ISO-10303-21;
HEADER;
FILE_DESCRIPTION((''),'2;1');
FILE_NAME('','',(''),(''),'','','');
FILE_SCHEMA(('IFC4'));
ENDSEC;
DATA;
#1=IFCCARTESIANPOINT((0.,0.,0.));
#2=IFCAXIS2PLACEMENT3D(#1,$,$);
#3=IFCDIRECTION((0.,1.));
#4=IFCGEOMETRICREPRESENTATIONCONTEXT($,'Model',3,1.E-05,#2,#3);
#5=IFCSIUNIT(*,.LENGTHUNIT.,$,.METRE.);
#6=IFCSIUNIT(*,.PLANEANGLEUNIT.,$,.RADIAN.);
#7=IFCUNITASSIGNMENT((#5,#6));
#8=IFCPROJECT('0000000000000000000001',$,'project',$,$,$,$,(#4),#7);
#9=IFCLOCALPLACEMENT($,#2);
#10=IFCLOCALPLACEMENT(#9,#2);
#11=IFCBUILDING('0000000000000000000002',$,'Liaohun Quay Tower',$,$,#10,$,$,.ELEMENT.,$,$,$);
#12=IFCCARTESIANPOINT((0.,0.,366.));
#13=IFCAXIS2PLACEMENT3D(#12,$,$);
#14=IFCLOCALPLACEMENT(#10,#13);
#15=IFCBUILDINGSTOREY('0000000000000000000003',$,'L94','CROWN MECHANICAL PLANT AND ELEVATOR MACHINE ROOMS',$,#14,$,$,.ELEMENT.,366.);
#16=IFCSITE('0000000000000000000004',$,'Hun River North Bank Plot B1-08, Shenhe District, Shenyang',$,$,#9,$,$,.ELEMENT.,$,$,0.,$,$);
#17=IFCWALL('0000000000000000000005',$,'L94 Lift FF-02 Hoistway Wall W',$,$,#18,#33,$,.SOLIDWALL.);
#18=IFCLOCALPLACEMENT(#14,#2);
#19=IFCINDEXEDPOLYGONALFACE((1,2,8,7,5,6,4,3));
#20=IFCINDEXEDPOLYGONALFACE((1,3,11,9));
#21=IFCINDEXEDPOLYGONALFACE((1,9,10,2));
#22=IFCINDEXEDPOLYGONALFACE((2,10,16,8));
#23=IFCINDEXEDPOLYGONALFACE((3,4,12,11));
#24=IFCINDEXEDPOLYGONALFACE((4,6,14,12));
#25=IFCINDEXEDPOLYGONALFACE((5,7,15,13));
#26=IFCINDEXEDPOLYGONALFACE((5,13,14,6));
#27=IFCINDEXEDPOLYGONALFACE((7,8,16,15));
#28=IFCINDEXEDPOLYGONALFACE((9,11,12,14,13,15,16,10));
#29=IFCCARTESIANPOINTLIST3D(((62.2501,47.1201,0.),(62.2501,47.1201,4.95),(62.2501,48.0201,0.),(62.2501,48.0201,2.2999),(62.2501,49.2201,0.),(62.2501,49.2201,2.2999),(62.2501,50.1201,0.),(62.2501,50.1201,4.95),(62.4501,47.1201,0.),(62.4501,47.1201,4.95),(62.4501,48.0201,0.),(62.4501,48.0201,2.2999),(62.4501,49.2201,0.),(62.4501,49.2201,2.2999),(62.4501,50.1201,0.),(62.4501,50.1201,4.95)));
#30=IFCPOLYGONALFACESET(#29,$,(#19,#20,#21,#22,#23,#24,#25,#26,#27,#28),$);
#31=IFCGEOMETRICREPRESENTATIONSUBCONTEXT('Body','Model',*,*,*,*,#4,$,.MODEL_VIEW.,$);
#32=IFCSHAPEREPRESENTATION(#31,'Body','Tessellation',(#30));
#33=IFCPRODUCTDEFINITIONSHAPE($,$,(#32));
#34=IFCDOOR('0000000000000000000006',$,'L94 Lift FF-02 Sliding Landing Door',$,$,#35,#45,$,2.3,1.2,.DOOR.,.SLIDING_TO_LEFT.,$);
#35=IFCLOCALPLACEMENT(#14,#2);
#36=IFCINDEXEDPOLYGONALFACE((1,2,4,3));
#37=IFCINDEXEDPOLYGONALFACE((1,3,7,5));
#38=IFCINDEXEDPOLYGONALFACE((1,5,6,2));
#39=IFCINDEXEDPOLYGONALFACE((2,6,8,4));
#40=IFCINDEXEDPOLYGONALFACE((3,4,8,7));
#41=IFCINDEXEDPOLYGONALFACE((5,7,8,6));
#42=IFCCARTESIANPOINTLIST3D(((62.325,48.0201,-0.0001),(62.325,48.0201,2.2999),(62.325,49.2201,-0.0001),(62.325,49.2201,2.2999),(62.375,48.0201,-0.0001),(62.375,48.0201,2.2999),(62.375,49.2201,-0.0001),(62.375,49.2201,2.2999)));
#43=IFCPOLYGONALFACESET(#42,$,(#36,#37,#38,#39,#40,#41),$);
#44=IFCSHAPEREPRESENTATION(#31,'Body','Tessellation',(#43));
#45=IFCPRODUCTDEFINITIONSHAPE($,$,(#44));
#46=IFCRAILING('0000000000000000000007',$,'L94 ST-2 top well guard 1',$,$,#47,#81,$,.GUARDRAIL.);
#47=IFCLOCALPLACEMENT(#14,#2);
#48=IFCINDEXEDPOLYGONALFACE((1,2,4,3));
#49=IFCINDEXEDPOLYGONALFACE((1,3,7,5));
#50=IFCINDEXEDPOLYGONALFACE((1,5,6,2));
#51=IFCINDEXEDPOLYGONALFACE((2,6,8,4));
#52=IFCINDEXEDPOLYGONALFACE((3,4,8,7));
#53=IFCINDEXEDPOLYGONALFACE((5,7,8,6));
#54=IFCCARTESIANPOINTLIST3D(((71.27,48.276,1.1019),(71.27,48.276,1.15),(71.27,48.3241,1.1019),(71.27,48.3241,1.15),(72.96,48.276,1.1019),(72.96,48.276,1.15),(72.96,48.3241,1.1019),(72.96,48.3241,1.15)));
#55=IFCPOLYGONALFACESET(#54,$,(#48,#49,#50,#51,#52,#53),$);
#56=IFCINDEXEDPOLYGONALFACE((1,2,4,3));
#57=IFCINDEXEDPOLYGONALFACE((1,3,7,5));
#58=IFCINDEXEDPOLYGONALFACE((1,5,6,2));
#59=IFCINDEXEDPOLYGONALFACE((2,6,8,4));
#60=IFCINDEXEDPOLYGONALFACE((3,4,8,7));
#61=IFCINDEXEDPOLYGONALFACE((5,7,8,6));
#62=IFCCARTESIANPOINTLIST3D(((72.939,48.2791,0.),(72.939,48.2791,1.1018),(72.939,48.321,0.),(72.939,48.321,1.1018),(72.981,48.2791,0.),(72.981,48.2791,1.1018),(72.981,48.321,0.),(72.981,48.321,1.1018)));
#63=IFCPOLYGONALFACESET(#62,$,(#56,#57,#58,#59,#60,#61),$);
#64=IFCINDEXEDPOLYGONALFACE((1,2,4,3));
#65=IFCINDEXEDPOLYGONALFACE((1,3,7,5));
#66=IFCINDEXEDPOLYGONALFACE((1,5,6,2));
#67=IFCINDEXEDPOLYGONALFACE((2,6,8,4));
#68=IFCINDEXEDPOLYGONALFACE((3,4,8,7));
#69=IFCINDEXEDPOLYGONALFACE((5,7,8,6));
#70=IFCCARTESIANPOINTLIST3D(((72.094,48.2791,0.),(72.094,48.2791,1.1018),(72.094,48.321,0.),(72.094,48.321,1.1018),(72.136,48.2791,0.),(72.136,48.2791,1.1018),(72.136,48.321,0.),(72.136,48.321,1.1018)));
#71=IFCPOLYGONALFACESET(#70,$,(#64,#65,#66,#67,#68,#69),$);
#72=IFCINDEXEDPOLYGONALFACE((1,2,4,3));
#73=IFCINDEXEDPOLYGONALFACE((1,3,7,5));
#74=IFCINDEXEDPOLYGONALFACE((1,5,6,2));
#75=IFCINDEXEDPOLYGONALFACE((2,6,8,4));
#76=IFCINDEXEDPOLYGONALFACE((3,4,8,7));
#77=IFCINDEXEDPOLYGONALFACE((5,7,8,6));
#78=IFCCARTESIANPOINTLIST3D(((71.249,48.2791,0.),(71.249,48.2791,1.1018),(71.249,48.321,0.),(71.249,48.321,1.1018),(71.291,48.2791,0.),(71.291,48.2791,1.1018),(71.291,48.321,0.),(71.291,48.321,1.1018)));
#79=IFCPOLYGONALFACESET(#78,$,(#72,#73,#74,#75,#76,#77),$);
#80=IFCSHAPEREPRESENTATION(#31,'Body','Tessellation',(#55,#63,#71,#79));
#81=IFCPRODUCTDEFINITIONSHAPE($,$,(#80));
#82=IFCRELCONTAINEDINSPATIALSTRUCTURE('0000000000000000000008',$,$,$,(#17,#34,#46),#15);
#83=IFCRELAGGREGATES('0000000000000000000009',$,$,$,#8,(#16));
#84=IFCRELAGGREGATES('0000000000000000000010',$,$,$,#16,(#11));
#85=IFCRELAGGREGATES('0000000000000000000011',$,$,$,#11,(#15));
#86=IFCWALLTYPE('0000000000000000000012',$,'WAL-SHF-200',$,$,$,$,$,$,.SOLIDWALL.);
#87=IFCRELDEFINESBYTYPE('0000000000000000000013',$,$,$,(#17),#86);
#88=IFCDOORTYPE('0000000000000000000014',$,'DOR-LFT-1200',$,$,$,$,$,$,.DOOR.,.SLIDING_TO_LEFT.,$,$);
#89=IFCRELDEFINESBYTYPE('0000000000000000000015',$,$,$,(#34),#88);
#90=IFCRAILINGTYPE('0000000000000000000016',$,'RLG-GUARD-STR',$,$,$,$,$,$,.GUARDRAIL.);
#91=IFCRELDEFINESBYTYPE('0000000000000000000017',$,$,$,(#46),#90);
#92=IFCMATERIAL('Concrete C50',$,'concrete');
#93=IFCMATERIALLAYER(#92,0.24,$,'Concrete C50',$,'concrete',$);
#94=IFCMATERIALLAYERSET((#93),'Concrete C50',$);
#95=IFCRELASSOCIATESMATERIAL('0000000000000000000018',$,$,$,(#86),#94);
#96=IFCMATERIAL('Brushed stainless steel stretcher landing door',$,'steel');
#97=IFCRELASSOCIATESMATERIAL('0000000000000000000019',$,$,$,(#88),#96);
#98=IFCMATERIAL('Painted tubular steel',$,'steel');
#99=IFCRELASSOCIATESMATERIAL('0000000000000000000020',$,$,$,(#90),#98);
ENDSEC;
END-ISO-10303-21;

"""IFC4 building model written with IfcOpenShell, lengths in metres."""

from ifc_helpers import new_model, si_unit, direction, frame, frame_2d, origin, origin_2d, place, context, subcontext, project, spatial, rectangle, extrude, source, transform, mapped, material, layer, layer_set, type_object, element, fill, save


model = new_model("IFC4")

# Units and contexts
model_context = context("Model", 3, precision=1e-05, world=origin(), true_north=direction((0.0, 1.0)))
body_context = subcontext(model_context, "Body", "Model", "MODEL_VIEW")
ifc_project = project(units=[si_unit("LENGTHUNIT", "METRE"), si_unit("PLANEANGLEUNIT", "RADIAN")], contexts=[model_context])

# Site, building, storey
site_placement = place(None, origin())
site = spatial("IfcSite", under=ifc_project, at=site_placement, Name="Hun River North Bank Plot B1-08, Shenhe District, Shenyang", CompositionType="ELEMENT", RefElevation=0.0)
building_placement = place(site_placement, origin())
building = spatial("IfcBuilding", under=site, at=building_placement, Name="Liaohun Quay Tower", CompositionType="ELEMENT")
storey_placement = place(building_placement, frame((0.0, 0.0, 366.0)))
storey = spatial("IfcBuildingStorey", under=building, at=storey_placement, Name="L94", Description="CROWN MECHANICAL PLANT AND ELEVATOR MACHINE ROOMS", CompositionType="ELEMENT", Elevation=366.0)

# Shared definitions
ifc_material_1 = material(Name="Concrete C50", Category="concrete")

# Shared definitions
ifc_layer_1 = layer(ifc_material_1, 0.24, Name="Concrete C50", Category="concrete")
ifc_layer_set_1 = layer_set([ifc_layer_1], Name="Concrete C50")
wall_type_1 = type_object("IfcWallType", Name="WAL-SHF-200", PredefinedType="SOLIDWALL", material=ifc_layer_set_1)

# Wall, opening, door
wall_1_placement = place(storey_placement, frame((62.3501, 50.1201, 0.0), z_axis=(0.0, 0.0, 1.0), x_axis=(0.0, -1.0, 0.0)))
wall_1 = element("IfcWall", 1, at=wall_1_placement, inside=storey, type_object=wall_type_1, Name="L94 Lift FF-02 Hoistway Wall W", PredefinedType="SOLIDWALL", context=body_context, shape_type="SweptSolid", body=[
    extrude(rectangle(XDim=3.0, YDim=0.2, at=frame_2d((1.5, 0.0))), origin(), (0.0, 0.0, 1.0), 4.95),
])
shared_shape_1 = source(origin(), body_context, "Body", "SweptSolid", [
    extrude(rectangle(XDim=1.2, YDim=2.3, at=frame_2d((0.6001, 1.1499))), frame((0.0, 0.1099, 0.0), z_axis=(0.0, -1.0, 0.0), x_axis=(1.0, 0.0, 0.0)), (0.0, 0.0, 1.0), 0.22),
])
opening_1_placement = place(wall_1_placement, frame((0.8999, 0.0, 0.0)))
opening_1 = element("IfcOpeningElement", 2, at=opening_1_placement, cuts=wall_1, PredefinedType="OPENING", context=body_context, shape_type="MappedRepresentation", body=[
    mapped(shared_shape_1, transform((0.0, 0.0, 0.0), x_axis=(1.0, 0.0, 0.0), y_axis=(0.0, 1.0, 0.0), z_axis=(0.0, 0.0, 1.0), scale=1.0)),
])
ifc_material_2 = material(Name="Brushed stainless steel stretcher landing door", Category="steel")
door_type_1 = type_object("IfcDoorType", Name="DOR-LFT-1200", OperationType="SLIDING_TO_LEFT", PredefinedType="DOOR", material=ifc_material_2)
shared_shape_2 = source(origin(), body_context, "Body", "SweptSolid", [
    extrude(rectangle(XDim=1.2, YDim=2.3, at=frame_2d((0.6001, 1.1499))), frame((0.0, 0.0249, 0.0), z_axis=(0.0, -1.0, 0.0), x_axis=(1.0, 0.0, 0.0)), (0.0, 0.0, 1.0), 0.05),
])
door_1_placement = place(opening_1_placement, origin())
door_1 = element("IfcDoor", 3, at=door_1_placement, inside=storey, type_object=door_type_1, Name="L94 Lift FF-02 Sliding Landing Door", OperationType="SLIDING_TO_LEFT", OverallHeight=2.3, OverallWidth=1.2, PredefinedType="DOOR", context=body_context, shape_type="MappedRepresentation", body=[
    mapped(shared_shape_2, transform((0.0, 0.0, 0.0), x_axis=(1.0, 0.0, 0.0), y_axis=(0.0, 1.0, 0.0), z_axis=(0.0, 0.0, 1.0), scale=1.0)),
])
fill(opening_1, door_1)

# Railing
ifc_material_3 = material(Name="Painted tubular steel", Category="steel")
railing_type = type_object("IfcRailingType", Name="RLG-GUARD-STR", PredefinedType="GUARDRAIL", material=ifc_material_3)
railing_placement = place(storey_placement, frame((72.96, 48.3, 0.0)))
element("IfcRailing", 4, at=railing_placement, inside=storey, type_object=railing_type, Name="L94 ST-2 top well guard 1", PredefinedType="GUARDRAIL", context=body_context, shape_type="SweptSolid", body=[
    extrude(rectangle(XDim=0.0481, YDim=0.0481, at=origin_2d()), frame((0.0, 0.0, 1.126), z_axis=(-1.0, 0.0, 0.0), x_axis=(0.0, -1.0, 0.0)), (0.0, 0.0, 1.0), 1.6899),
    extrude(rectangle(XDim=0.042, YDim=0.042, at=origin_2d()), origin(), (0.0, 0.0, 1.0), 1.1018),
    extrude(rectangle(XDim=0.042, YDim=0.042, at=origin_2d()), frame((-0.845, 0.0, 0.0)), (0.0, 0.0, 1.0), 1.1018),
    extrude(rectangle(XDim=0.042, YDim=0.042, at=origin_2d()), frame((-1.6899, 0.0, 0.0)), (0.0, 0.0, 1.0), 1.1018),
])

save(model, "model.ifc")
